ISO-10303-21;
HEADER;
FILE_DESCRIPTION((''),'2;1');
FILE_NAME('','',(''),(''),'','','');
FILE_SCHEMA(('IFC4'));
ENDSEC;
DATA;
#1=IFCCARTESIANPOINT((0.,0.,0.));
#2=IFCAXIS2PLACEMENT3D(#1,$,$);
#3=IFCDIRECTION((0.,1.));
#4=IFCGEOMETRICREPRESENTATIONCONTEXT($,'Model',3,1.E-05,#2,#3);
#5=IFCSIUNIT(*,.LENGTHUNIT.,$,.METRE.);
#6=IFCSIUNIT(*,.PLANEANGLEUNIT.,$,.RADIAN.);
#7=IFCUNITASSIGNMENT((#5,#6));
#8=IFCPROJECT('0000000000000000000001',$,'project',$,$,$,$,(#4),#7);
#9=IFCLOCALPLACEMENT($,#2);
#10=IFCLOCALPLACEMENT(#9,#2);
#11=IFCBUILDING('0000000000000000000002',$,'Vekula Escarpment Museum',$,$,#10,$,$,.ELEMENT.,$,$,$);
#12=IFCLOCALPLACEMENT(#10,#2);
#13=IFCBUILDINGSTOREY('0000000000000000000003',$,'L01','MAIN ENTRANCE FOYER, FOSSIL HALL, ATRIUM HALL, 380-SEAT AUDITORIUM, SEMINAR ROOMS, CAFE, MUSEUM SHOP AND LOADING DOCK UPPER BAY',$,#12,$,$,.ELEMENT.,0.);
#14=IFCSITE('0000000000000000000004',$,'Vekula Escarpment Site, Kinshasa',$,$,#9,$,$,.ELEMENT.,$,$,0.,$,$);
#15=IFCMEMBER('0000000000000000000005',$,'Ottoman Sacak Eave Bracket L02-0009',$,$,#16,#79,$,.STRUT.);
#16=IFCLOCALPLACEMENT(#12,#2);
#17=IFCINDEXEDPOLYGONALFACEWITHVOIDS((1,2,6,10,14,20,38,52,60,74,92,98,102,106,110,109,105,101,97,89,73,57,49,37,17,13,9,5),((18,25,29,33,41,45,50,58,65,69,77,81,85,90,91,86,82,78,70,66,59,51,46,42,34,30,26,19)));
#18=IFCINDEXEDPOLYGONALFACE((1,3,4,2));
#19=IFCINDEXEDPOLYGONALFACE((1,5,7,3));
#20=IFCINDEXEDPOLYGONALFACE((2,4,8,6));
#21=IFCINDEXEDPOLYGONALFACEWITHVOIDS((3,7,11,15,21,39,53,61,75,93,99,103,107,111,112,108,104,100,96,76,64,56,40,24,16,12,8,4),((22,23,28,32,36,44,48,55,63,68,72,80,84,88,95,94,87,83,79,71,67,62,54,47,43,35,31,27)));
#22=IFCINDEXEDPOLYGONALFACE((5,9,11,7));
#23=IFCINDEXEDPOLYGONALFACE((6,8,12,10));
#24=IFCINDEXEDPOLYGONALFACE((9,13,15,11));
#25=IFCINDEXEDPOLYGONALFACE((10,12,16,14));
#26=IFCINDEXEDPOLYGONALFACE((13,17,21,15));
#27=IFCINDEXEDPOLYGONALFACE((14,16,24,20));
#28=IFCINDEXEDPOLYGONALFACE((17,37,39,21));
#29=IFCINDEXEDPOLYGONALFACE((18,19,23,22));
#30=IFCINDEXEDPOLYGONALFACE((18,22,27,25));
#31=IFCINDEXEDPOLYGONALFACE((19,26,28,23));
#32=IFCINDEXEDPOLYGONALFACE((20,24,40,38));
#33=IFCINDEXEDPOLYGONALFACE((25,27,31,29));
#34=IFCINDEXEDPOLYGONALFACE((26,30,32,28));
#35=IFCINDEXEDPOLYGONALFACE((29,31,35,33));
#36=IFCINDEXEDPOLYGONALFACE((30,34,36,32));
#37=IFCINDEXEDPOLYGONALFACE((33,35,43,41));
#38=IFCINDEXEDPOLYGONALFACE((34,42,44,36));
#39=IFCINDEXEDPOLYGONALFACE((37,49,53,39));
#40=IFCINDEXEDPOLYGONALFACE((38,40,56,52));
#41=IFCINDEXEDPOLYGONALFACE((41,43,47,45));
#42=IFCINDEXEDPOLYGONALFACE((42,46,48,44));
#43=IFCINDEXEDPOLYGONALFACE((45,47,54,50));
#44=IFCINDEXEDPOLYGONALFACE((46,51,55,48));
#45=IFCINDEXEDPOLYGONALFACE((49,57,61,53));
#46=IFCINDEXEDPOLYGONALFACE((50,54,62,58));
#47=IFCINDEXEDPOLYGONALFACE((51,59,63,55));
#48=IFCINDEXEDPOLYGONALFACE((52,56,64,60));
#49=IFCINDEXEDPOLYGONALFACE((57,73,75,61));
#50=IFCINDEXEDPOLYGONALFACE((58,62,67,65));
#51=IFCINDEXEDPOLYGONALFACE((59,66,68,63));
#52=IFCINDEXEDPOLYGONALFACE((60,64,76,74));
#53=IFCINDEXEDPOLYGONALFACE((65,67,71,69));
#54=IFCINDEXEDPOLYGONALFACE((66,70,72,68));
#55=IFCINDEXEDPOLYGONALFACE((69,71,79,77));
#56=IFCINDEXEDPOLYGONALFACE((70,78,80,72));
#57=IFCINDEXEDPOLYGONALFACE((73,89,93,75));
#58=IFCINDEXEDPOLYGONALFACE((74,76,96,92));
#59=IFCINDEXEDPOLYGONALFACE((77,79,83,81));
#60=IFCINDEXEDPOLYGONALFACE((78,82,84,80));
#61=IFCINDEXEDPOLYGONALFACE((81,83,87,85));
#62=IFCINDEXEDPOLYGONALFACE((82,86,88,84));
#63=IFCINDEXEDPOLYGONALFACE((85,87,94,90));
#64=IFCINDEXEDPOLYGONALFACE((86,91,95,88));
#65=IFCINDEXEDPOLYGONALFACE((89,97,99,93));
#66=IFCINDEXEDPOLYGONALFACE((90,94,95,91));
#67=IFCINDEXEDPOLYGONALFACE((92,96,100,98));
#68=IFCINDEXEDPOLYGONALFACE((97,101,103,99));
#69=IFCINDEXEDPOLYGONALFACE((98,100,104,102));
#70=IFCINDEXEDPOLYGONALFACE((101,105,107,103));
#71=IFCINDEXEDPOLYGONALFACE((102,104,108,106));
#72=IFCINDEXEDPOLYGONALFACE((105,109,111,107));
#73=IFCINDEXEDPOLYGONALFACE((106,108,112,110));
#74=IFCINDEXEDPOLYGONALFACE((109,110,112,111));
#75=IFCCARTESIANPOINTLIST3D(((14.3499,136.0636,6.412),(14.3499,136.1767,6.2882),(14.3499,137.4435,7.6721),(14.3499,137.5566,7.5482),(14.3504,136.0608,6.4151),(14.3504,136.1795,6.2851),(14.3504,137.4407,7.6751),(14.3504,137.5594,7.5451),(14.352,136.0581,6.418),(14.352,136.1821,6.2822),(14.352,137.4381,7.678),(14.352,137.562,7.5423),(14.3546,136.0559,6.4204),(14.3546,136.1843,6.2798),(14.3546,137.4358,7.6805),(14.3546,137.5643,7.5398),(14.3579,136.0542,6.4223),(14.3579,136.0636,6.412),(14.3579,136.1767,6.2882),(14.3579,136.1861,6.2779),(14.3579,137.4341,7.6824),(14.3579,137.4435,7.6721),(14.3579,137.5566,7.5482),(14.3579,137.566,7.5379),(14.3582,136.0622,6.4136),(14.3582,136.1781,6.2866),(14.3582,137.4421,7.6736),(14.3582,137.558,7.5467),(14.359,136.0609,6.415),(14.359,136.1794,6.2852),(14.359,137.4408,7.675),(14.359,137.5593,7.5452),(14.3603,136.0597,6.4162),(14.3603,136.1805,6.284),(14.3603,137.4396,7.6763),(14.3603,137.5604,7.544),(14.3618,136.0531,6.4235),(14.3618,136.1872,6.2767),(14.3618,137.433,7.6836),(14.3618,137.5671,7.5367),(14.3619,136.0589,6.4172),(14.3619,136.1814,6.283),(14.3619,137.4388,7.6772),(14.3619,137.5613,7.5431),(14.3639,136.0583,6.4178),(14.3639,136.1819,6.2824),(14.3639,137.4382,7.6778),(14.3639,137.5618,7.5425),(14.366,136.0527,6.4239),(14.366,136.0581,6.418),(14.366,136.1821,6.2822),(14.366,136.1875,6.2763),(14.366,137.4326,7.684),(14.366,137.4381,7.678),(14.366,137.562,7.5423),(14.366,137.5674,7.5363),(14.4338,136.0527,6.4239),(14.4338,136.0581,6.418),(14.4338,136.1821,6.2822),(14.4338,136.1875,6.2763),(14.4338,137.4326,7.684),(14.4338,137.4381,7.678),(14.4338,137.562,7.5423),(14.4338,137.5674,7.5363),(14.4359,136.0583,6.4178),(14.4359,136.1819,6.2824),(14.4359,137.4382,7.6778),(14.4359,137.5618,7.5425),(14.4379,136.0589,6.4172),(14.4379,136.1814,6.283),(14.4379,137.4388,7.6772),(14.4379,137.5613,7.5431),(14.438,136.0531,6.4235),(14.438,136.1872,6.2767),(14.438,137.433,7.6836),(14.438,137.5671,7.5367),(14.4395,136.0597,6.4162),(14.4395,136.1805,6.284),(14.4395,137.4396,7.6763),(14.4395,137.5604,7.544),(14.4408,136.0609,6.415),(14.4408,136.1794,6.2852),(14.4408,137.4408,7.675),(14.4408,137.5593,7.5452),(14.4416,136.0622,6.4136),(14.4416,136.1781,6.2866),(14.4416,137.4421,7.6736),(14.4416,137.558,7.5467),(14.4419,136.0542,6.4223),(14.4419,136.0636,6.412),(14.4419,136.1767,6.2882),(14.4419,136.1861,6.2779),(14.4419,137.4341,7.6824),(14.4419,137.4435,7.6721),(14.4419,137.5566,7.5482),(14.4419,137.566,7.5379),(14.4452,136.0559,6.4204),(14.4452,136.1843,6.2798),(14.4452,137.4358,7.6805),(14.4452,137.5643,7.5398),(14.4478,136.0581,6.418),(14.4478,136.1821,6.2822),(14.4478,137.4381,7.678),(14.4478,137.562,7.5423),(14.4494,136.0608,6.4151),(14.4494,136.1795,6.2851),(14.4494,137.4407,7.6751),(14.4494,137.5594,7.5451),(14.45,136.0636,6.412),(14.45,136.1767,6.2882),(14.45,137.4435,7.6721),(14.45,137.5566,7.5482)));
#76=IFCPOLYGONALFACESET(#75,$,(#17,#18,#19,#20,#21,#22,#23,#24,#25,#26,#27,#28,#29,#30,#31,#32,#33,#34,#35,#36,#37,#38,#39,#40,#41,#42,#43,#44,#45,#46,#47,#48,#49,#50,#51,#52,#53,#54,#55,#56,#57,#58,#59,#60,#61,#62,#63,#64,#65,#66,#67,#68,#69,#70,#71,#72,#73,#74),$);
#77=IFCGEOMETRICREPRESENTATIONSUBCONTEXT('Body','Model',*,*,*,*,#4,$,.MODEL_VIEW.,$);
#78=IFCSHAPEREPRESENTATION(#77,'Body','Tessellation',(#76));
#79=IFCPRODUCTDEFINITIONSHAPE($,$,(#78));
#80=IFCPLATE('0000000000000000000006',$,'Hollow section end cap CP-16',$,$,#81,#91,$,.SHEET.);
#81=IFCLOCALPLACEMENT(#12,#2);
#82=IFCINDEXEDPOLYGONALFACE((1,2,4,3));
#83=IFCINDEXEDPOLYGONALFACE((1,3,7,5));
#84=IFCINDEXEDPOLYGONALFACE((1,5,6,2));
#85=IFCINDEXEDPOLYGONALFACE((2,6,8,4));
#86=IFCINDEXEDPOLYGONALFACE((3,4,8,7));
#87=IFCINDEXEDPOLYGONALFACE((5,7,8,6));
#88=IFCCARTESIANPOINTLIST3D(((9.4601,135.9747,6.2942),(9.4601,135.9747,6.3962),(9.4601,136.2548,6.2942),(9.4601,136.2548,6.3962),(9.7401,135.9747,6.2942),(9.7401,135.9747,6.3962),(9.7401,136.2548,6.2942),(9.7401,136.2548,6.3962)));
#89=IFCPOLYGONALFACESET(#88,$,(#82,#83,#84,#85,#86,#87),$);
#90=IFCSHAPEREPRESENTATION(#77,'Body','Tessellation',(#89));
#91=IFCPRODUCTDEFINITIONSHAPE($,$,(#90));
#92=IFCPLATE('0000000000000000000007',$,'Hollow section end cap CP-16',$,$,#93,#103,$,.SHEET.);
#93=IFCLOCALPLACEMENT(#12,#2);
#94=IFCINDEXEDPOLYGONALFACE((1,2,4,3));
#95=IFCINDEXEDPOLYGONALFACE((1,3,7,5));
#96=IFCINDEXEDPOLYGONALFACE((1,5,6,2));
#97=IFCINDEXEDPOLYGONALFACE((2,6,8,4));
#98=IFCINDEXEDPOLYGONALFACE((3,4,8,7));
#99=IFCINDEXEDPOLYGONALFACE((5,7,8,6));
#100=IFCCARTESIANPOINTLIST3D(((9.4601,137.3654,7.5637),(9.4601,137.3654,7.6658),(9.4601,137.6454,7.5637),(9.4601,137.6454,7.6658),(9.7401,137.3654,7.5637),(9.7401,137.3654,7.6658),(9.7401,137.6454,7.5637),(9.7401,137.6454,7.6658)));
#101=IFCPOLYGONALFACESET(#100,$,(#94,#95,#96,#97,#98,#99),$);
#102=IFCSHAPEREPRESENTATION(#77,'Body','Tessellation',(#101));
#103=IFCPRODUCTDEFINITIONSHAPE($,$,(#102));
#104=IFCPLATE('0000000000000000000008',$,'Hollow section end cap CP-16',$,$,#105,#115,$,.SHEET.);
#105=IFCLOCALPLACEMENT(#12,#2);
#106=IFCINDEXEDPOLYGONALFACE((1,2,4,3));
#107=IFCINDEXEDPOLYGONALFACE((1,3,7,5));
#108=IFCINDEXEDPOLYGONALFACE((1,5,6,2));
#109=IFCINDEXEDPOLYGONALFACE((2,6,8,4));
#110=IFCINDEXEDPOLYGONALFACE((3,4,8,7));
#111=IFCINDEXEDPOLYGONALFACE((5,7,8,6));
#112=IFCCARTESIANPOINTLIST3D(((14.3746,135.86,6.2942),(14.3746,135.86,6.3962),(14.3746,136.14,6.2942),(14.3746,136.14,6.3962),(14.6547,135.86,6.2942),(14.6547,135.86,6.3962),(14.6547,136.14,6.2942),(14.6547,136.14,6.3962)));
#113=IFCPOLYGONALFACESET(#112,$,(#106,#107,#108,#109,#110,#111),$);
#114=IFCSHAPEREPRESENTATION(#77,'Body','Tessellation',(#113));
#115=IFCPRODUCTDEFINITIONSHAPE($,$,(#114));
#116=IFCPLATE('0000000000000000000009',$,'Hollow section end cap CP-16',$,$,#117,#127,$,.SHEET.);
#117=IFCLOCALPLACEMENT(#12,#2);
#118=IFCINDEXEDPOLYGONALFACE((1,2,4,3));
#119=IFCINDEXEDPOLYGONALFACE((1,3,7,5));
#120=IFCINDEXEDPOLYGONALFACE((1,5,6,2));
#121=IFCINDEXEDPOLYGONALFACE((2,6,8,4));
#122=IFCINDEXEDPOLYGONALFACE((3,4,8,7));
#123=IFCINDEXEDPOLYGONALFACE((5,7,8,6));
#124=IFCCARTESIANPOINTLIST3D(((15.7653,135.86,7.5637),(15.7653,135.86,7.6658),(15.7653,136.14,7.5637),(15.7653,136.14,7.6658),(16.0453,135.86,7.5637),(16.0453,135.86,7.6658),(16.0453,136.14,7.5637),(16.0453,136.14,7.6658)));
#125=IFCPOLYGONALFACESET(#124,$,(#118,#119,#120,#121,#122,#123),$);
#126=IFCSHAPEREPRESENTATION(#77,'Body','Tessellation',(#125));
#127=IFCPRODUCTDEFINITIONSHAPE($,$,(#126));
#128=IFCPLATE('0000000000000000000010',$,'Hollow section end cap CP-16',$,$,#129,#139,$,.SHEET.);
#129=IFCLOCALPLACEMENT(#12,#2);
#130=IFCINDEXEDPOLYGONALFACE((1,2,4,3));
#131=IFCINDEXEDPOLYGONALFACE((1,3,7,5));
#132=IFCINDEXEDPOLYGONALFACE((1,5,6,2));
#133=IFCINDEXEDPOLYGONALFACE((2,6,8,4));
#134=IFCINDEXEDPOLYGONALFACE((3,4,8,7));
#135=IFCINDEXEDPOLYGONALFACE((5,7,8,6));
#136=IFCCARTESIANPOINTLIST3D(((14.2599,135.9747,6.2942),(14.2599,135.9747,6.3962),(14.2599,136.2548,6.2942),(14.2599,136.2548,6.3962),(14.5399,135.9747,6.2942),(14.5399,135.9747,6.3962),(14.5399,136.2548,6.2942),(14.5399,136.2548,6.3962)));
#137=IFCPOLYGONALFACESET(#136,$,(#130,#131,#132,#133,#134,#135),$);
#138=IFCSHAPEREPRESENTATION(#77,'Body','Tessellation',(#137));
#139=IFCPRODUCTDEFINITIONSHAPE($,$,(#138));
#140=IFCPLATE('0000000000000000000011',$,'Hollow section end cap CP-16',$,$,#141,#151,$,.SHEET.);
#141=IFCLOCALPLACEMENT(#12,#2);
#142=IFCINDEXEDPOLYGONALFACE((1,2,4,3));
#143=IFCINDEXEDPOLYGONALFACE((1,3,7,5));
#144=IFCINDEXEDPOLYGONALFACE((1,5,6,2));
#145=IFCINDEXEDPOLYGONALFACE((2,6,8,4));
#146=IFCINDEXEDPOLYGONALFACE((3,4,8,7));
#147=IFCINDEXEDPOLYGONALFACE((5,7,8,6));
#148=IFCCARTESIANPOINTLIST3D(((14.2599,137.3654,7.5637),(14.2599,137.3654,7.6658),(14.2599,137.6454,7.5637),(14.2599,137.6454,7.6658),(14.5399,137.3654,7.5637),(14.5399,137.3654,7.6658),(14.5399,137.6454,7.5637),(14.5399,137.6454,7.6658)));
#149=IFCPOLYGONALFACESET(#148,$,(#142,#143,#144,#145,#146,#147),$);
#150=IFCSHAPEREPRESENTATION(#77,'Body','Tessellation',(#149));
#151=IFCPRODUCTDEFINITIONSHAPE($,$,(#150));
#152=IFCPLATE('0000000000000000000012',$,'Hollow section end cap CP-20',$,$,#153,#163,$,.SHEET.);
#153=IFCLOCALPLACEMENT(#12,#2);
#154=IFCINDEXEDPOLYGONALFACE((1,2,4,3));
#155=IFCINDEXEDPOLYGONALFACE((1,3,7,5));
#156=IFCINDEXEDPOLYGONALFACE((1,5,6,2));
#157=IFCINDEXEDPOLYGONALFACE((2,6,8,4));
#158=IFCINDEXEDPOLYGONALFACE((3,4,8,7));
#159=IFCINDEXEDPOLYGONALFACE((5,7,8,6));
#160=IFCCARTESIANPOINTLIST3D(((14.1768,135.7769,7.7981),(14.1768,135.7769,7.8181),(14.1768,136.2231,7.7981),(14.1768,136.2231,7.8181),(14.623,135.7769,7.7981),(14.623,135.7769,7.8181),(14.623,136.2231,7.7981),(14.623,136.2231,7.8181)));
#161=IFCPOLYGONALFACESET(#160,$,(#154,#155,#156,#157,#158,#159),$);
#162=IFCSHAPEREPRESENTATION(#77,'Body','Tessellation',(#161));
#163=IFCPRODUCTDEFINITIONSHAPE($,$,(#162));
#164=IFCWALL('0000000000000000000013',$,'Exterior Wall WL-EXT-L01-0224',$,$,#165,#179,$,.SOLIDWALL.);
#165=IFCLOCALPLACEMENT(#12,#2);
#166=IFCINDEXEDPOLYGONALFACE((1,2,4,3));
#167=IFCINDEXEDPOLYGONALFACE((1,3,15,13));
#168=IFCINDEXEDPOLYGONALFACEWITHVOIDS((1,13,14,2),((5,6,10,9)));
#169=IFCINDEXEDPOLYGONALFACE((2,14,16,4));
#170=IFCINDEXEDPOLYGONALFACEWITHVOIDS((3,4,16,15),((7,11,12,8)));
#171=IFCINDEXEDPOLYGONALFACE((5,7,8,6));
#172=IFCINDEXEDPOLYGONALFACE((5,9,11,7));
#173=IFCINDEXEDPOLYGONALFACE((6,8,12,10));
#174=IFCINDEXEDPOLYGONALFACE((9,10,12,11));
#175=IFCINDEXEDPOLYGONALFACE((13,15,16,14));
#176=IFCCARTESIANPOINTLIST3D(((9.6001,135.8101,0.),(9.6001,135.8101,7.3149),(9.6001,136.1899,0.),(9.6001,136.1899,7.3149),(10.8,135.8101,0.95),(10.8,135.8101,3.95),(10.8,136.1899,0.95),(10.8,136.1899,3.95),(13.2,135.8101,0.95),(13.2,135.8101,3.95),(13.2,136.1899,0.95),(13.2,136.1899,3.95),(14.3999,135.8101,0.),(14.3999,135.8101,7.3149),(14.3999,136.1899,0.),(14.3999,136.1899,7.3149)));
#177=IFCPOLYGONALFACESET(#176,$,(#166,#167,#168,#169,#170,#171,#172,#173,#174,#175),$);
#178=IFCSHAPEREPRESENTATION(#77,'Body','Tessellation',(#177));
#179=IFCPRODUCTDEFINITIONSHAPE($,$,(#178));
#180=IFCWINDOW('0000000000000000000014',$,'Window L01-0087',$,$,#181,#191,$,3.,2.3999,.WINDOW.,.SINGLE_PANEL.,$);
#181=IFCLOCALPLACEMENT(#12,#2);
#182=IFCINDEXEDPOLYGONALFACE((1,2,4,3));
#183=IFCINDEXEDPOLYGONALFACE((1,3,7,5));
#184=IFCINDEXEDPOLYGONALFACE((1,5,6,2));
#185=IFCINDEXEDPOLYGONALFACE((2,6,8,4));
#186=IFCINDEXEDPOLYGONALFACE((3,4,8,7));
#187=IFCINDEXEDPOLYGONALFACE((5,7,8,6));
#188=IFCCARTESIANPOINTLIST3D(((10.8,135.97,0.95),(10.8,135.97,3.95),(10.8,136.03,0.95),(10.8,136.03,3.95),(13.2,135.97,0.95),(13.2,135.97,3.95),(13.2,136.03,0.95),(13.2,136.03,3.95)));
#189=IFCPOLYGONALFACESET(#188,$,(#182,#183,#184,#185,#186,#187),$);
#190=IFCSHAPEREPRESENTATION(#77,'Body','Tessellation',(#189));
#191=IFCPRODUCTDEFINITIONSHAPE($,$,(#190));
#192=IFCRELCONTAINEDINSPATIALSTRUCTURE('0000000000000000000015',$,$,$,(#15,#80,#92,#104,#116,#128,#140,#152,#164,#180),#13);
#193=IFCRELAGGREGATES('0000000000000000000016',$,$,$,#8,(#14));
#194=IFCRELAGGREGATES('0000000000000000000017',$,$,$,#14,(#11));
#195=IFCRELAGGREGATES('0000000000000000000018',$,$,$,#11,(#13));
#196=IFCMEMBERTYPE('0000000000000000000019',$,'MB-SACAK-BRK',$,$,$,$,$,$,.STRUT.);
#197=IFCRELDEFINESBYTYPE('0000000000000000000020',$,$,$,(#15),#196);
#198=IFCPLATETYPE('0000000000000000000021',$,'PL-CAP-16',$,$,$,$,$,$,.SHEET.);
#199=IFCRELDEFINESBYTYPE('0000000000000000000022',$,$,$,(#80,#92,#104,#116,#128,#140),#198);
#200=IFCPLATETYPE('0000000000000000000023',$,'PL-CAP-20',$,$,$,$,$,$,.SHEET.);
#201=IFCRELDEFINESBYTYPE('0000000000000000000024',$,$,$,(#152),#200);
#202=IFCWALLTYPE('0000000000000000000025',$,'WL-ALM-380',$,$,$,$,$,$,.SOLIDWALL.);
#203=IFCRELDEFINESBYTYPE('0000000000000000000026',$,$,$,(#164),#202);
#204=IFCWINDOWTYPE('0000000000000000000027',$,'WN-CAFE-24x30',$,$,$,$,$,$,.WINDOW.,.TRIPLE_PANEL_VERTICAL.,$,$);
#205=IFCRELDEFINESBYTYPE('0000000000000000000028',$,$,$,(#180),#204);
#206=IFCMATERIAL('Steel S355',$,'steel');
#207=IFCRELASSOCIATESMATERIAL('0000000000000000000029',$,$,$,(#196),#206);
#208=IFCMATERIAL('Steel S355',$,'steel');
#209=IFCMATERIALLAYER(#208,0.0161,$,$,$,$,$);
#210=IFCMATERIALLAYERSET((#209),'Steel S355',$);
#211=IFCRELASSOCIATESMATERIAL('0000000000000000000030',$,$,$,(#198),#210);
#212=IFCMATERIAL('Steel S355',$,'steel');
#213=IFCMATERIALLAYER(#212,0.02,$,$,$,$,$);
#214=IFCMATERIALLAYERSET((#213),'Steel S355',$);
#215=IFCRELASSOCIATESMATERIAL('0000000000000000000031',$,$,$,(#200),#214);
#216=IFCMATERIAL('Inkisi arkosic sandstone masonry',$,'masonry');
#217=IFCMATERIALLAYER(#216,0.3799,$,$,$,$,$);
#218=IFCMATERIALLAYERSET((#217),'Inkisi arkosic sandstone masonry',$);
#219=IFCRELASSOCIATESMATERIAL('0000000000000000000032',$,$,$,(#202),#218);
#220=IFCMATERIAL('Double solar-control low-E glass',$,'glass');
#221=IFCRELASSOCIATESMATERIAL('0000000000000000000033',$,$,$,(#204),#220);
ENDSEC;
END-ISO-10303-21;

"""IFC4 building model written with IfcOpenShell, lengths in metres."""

from ifc_helpers import new_model, si_unit, direction, frame, frame_2d, origin, origin_2d, place, context, subcontext, project, spatial, rectangle, hollow_rectangle, extrude, material, layer, layer_set, material_profile, profile_set, type_object, element, fill, save


model = new_model("IFC4")

# Units and contexts
model_context = context("Model", 3, precision=1e-05, world=origin(), true_north=direction((0.0, 1.0)))
body_context = subcontext(model_context, "Body", "Model", "MODEL_VIEW")
ifc_project = project(units=[si_unit("LENGTHUNIT", "METRE"), si_unit("PLANEANGLEUNIT", "RADIAN")], contexts=[model_context])

# Site, building, storey
site_placement = place(None, origin())
site = spatial("IfcSite", under=ifc_project, at=site_placement, Name="Vekula Escarpment Site, Kinshasa", CompositionType="ELEMENT", RefElevation=0.0)
building_placement = place(site_placement, origin())
building = spatial("IfcBuilding", under=site, at=building_placement, Name="Vekula Escarpment Museum", CompositionType="ELEMENT")
storey_placement = place(building_placement, origin())
storey = spatial("IfcBuildingStorey", under=building, at=storey_placement, Name="L01", Description="MAIN ENTRANCE FOYER, FOSSIL HALL, ATRIUM HALL, 380-SEAT AUDITORIUM, SEMINAR ROOMS, CAFE, MUSEUM SHOP AND LOADING DOCK UPPER BAY", CompositionType="ELEMENT", Elevation=0.0)

# Member
ifc_material_1 = material(Name="Steel S355", Category="steel")
ifc_material_profile_1 = material_profile(ifc_material_1, hollow_rectangle(XDim=0.1001, YDim=0.2, WallThickness=0.0081, InnerFilletRadius=0.0081, OuterFilletRadius=0.0161, at=origin_2d()), Name="RHS 200x100x8")
ifc_profile_set_1 = profile_set([ifc_material_profile_1], Name="Steel S355")
member_type = type_object("IfcMemberType", Name="MB-SACAK-BRK", PredefinedType="STRUT", material=ifc_profile_set_1)
for number, where, z_axis, x_axis, name in (
    (1, (14.3999, 136.1201, 6.3501), (0.0, 0.738454, 0.674303), (-1.0, 0.0, 0.0), "Ottoman Sacak Eave Bracket L02-0009"),
):
    element("IfcMember", number, at=place(storey_placement, frame(where, z_axis=z_axis, x_axis=x_axis)), inside=storey, type_object=member_type, Name=name, PredefinedType="STRUT", context=body_context, shape_type="SweptSolid", body=[
        extrude(hollow_rectangle(XDim=0.1001, YDim=0.2, WallThickness=0.0081, InnerFilletRadius=0.0081, OuterFilletRadius=0.0161, at=origin_2d()), origin(), (0.0, 0.0, 1.0), 1.8687),
    ])

# Plates
ifc_material_2 = material(Name="Steel S355", Category="steel")
ifc_layer_1 = layer(ifc_material_2, 0.0161)
ifc_layer_set_1 = layer_set([ifc_layer_1], Name="Steel S355")
plate_type_1 = type_object("IfcPlateType", Name="PL-CAP-16", PredefinedType="SHEET", material=ifc_layer_set_1)
for number, where, z_axis, x_axis, name in (
    (2, (9.6001, 136.1147, 6.2942), (0.0, 0.0, 1.0), (1.0, 0.0, 0.0), "Hollow section end cap CP-16"),
    (3, (9.6001, 137.5054, 7.5637), (0.0, 0.0, 1.0), (1.0, 0.0, 0.0), "Hollow section end cap CP-16"),
    (4, (14.5146, 136.0, 6.2942), (0.0, 0.0, 1.0), (1.0, 0.0, 0.0), "Hollow section end cap CP-16"),
    (5, (15.9053, 136.0, 7.5637), (0.0, 0.0, 1.0), (1.0, 0.0, 0.0), "Hollow section end cap CP-16"),
    (6, (14.3999, 136.1147, 6.2942), (0.0, 0.0, 1.0), (1.0, 0.0, 0.0), "Hollow section end cap CP-16"),
    (7, (14.3999, 137.5054, 7.5637), (0.0, 0.0, 1.0), (1.0, 0.0, 0.0), "Hollow section end cap CP-16"),
):
    element("IfcPlate", number, at=place(storey_placement, frame(where, z_axis=z_axis, x_axis=x_axis)), inside=storey, type_object=plate_type_1, Name=name, PredefinedType="SHEET", context=body_context, shape_type="SweptSolid", body=[
        extrude(rectangle(XDim=0.28, YDim=0.28, at=origin_2d()), origin(), (0.0, 0.0, 1.0), 0.1021),
    ])
ifc_material_3 = material(Name="Steel S355", Category="steel")
ifc_layer_2 = layer(ifc_material_3, 0.02)
ifc_layer_set_2 = layer_set([ifc_layer_2], Name="Steel S355")
plate_type_2 = type_object("IfcPlateType", Name="PL-CAP-20", PredefinedType="SHEET", material=ifc_layer_set_2)
plate_placement = place(storey_placement, frame((14.3999, 136.0, 7.7981), z_axis=(0.0, 0.0, 1.0), x_axis=(1.0, 0.0, 0.0)))
element("IfcPlate", 8, at=plate_placement, inside=storey, type_object=plate_type_2, Name="Hollow section end cap CP-20", PredefinedType="SHEET", context=body_context, shape_type="SweptSolid", body=[
    extrude(rectangle(XDim=0.4463, YDim=0.4463, at=origin_2d()), origin(), (0.0, 0.0, 1.0), 0.02),
])

# Wall, opening, window
ifc_material_4 = material(Name="Inkisi arkosic sandstone masonry", Category="masonry")
ifc_layer_3 = layer(ifc_material_4, 0.3799)
ifc_layer_set_3 = layer_set([ifc_layer_3], Name="Inkisi arkosic sandstone masonry")
wall_type_1 = type_object("IfcWallType", Name="WL-ALM-380", PredefinedType="SOLIDWALL", material=ifc_layer_set_3)
wall_1_placement = place(storey_placement, frame((9.6001, 136.0, 0.0), z_axis=(0.0, 0.0, 1.0), x_axis=(1.0, 0.0, 0.0)))
wall_1 = element("IfcWall", 9, at=wall_1_placement, inside=storey, type_object=wall_type_1, Name="Exterior Wall WL-EXT-L01-0224", PredefinedType="SOLIDWALL", context=body_context, shape_type="SweptSolid", body=[
    extrude(rectangle(XDim=4.7998, YDim=0.3799, at=frame_2d((2.3999, 0.0))), origin(), (0.0, 0.0, 1.0), 7.3149),
])
opening_1_placement = place(wall_1_placement, frame((1.2, 0.0, 0.95)))
opening_1 = element("IfcOpeningElement", 10, at=opening_1_placement, cuts=wall_1, PredefinedType="OPENING", context=body_context, shape_type="SweptSolid", body=[
    extrude(rectangle(XDim=2.3999, YDim=3.0, at=frame_2d((1.2, 1.5))), frame((0.0, 0.2, 0.0), z_axis=(0.0, -1.0, 0.0), x_axis=(1.0, 0.0, 0.0)), (0.0, 0.0, 1.0), 0.3999),
])
ifc_material_5 = material(Name="Double solar-control low-E glass", Category="glass")
window_type = type_object("IfcWindowType", Name="WN-CAFE-24x30", PartitioningType="TRIPLE_PANEL_VERTICAL", PredefinedType="WINDOW", material=ifc_material_5)
window_placement = place(opening_1_placement, origin())
window = element("IfcWindow", 11, at=window_placement, inside=storey, type_object=window_type, Name="Window L01-0087", OverallHeight=3.0, OverallWidth=2.3999, PartitioningType="SINGLE_PANEL", PredefinedType="WINDOW", context=body_context, shape_type="SweptSolid", body=[
    extrude(rectangle(XDim=2.3999, YDim=3.0, at=frame_2d((1.2, 1.5))), frame((0.0, 0.03, 0.0), z_axis=(0.0, -1.0, 0.0), x_axis=(1.0, 0.0, 0.0)), (0.0, 0.0, 1.0), 0.0601),
])
fill(opening_1, window)

save(model, "model.ifc")
